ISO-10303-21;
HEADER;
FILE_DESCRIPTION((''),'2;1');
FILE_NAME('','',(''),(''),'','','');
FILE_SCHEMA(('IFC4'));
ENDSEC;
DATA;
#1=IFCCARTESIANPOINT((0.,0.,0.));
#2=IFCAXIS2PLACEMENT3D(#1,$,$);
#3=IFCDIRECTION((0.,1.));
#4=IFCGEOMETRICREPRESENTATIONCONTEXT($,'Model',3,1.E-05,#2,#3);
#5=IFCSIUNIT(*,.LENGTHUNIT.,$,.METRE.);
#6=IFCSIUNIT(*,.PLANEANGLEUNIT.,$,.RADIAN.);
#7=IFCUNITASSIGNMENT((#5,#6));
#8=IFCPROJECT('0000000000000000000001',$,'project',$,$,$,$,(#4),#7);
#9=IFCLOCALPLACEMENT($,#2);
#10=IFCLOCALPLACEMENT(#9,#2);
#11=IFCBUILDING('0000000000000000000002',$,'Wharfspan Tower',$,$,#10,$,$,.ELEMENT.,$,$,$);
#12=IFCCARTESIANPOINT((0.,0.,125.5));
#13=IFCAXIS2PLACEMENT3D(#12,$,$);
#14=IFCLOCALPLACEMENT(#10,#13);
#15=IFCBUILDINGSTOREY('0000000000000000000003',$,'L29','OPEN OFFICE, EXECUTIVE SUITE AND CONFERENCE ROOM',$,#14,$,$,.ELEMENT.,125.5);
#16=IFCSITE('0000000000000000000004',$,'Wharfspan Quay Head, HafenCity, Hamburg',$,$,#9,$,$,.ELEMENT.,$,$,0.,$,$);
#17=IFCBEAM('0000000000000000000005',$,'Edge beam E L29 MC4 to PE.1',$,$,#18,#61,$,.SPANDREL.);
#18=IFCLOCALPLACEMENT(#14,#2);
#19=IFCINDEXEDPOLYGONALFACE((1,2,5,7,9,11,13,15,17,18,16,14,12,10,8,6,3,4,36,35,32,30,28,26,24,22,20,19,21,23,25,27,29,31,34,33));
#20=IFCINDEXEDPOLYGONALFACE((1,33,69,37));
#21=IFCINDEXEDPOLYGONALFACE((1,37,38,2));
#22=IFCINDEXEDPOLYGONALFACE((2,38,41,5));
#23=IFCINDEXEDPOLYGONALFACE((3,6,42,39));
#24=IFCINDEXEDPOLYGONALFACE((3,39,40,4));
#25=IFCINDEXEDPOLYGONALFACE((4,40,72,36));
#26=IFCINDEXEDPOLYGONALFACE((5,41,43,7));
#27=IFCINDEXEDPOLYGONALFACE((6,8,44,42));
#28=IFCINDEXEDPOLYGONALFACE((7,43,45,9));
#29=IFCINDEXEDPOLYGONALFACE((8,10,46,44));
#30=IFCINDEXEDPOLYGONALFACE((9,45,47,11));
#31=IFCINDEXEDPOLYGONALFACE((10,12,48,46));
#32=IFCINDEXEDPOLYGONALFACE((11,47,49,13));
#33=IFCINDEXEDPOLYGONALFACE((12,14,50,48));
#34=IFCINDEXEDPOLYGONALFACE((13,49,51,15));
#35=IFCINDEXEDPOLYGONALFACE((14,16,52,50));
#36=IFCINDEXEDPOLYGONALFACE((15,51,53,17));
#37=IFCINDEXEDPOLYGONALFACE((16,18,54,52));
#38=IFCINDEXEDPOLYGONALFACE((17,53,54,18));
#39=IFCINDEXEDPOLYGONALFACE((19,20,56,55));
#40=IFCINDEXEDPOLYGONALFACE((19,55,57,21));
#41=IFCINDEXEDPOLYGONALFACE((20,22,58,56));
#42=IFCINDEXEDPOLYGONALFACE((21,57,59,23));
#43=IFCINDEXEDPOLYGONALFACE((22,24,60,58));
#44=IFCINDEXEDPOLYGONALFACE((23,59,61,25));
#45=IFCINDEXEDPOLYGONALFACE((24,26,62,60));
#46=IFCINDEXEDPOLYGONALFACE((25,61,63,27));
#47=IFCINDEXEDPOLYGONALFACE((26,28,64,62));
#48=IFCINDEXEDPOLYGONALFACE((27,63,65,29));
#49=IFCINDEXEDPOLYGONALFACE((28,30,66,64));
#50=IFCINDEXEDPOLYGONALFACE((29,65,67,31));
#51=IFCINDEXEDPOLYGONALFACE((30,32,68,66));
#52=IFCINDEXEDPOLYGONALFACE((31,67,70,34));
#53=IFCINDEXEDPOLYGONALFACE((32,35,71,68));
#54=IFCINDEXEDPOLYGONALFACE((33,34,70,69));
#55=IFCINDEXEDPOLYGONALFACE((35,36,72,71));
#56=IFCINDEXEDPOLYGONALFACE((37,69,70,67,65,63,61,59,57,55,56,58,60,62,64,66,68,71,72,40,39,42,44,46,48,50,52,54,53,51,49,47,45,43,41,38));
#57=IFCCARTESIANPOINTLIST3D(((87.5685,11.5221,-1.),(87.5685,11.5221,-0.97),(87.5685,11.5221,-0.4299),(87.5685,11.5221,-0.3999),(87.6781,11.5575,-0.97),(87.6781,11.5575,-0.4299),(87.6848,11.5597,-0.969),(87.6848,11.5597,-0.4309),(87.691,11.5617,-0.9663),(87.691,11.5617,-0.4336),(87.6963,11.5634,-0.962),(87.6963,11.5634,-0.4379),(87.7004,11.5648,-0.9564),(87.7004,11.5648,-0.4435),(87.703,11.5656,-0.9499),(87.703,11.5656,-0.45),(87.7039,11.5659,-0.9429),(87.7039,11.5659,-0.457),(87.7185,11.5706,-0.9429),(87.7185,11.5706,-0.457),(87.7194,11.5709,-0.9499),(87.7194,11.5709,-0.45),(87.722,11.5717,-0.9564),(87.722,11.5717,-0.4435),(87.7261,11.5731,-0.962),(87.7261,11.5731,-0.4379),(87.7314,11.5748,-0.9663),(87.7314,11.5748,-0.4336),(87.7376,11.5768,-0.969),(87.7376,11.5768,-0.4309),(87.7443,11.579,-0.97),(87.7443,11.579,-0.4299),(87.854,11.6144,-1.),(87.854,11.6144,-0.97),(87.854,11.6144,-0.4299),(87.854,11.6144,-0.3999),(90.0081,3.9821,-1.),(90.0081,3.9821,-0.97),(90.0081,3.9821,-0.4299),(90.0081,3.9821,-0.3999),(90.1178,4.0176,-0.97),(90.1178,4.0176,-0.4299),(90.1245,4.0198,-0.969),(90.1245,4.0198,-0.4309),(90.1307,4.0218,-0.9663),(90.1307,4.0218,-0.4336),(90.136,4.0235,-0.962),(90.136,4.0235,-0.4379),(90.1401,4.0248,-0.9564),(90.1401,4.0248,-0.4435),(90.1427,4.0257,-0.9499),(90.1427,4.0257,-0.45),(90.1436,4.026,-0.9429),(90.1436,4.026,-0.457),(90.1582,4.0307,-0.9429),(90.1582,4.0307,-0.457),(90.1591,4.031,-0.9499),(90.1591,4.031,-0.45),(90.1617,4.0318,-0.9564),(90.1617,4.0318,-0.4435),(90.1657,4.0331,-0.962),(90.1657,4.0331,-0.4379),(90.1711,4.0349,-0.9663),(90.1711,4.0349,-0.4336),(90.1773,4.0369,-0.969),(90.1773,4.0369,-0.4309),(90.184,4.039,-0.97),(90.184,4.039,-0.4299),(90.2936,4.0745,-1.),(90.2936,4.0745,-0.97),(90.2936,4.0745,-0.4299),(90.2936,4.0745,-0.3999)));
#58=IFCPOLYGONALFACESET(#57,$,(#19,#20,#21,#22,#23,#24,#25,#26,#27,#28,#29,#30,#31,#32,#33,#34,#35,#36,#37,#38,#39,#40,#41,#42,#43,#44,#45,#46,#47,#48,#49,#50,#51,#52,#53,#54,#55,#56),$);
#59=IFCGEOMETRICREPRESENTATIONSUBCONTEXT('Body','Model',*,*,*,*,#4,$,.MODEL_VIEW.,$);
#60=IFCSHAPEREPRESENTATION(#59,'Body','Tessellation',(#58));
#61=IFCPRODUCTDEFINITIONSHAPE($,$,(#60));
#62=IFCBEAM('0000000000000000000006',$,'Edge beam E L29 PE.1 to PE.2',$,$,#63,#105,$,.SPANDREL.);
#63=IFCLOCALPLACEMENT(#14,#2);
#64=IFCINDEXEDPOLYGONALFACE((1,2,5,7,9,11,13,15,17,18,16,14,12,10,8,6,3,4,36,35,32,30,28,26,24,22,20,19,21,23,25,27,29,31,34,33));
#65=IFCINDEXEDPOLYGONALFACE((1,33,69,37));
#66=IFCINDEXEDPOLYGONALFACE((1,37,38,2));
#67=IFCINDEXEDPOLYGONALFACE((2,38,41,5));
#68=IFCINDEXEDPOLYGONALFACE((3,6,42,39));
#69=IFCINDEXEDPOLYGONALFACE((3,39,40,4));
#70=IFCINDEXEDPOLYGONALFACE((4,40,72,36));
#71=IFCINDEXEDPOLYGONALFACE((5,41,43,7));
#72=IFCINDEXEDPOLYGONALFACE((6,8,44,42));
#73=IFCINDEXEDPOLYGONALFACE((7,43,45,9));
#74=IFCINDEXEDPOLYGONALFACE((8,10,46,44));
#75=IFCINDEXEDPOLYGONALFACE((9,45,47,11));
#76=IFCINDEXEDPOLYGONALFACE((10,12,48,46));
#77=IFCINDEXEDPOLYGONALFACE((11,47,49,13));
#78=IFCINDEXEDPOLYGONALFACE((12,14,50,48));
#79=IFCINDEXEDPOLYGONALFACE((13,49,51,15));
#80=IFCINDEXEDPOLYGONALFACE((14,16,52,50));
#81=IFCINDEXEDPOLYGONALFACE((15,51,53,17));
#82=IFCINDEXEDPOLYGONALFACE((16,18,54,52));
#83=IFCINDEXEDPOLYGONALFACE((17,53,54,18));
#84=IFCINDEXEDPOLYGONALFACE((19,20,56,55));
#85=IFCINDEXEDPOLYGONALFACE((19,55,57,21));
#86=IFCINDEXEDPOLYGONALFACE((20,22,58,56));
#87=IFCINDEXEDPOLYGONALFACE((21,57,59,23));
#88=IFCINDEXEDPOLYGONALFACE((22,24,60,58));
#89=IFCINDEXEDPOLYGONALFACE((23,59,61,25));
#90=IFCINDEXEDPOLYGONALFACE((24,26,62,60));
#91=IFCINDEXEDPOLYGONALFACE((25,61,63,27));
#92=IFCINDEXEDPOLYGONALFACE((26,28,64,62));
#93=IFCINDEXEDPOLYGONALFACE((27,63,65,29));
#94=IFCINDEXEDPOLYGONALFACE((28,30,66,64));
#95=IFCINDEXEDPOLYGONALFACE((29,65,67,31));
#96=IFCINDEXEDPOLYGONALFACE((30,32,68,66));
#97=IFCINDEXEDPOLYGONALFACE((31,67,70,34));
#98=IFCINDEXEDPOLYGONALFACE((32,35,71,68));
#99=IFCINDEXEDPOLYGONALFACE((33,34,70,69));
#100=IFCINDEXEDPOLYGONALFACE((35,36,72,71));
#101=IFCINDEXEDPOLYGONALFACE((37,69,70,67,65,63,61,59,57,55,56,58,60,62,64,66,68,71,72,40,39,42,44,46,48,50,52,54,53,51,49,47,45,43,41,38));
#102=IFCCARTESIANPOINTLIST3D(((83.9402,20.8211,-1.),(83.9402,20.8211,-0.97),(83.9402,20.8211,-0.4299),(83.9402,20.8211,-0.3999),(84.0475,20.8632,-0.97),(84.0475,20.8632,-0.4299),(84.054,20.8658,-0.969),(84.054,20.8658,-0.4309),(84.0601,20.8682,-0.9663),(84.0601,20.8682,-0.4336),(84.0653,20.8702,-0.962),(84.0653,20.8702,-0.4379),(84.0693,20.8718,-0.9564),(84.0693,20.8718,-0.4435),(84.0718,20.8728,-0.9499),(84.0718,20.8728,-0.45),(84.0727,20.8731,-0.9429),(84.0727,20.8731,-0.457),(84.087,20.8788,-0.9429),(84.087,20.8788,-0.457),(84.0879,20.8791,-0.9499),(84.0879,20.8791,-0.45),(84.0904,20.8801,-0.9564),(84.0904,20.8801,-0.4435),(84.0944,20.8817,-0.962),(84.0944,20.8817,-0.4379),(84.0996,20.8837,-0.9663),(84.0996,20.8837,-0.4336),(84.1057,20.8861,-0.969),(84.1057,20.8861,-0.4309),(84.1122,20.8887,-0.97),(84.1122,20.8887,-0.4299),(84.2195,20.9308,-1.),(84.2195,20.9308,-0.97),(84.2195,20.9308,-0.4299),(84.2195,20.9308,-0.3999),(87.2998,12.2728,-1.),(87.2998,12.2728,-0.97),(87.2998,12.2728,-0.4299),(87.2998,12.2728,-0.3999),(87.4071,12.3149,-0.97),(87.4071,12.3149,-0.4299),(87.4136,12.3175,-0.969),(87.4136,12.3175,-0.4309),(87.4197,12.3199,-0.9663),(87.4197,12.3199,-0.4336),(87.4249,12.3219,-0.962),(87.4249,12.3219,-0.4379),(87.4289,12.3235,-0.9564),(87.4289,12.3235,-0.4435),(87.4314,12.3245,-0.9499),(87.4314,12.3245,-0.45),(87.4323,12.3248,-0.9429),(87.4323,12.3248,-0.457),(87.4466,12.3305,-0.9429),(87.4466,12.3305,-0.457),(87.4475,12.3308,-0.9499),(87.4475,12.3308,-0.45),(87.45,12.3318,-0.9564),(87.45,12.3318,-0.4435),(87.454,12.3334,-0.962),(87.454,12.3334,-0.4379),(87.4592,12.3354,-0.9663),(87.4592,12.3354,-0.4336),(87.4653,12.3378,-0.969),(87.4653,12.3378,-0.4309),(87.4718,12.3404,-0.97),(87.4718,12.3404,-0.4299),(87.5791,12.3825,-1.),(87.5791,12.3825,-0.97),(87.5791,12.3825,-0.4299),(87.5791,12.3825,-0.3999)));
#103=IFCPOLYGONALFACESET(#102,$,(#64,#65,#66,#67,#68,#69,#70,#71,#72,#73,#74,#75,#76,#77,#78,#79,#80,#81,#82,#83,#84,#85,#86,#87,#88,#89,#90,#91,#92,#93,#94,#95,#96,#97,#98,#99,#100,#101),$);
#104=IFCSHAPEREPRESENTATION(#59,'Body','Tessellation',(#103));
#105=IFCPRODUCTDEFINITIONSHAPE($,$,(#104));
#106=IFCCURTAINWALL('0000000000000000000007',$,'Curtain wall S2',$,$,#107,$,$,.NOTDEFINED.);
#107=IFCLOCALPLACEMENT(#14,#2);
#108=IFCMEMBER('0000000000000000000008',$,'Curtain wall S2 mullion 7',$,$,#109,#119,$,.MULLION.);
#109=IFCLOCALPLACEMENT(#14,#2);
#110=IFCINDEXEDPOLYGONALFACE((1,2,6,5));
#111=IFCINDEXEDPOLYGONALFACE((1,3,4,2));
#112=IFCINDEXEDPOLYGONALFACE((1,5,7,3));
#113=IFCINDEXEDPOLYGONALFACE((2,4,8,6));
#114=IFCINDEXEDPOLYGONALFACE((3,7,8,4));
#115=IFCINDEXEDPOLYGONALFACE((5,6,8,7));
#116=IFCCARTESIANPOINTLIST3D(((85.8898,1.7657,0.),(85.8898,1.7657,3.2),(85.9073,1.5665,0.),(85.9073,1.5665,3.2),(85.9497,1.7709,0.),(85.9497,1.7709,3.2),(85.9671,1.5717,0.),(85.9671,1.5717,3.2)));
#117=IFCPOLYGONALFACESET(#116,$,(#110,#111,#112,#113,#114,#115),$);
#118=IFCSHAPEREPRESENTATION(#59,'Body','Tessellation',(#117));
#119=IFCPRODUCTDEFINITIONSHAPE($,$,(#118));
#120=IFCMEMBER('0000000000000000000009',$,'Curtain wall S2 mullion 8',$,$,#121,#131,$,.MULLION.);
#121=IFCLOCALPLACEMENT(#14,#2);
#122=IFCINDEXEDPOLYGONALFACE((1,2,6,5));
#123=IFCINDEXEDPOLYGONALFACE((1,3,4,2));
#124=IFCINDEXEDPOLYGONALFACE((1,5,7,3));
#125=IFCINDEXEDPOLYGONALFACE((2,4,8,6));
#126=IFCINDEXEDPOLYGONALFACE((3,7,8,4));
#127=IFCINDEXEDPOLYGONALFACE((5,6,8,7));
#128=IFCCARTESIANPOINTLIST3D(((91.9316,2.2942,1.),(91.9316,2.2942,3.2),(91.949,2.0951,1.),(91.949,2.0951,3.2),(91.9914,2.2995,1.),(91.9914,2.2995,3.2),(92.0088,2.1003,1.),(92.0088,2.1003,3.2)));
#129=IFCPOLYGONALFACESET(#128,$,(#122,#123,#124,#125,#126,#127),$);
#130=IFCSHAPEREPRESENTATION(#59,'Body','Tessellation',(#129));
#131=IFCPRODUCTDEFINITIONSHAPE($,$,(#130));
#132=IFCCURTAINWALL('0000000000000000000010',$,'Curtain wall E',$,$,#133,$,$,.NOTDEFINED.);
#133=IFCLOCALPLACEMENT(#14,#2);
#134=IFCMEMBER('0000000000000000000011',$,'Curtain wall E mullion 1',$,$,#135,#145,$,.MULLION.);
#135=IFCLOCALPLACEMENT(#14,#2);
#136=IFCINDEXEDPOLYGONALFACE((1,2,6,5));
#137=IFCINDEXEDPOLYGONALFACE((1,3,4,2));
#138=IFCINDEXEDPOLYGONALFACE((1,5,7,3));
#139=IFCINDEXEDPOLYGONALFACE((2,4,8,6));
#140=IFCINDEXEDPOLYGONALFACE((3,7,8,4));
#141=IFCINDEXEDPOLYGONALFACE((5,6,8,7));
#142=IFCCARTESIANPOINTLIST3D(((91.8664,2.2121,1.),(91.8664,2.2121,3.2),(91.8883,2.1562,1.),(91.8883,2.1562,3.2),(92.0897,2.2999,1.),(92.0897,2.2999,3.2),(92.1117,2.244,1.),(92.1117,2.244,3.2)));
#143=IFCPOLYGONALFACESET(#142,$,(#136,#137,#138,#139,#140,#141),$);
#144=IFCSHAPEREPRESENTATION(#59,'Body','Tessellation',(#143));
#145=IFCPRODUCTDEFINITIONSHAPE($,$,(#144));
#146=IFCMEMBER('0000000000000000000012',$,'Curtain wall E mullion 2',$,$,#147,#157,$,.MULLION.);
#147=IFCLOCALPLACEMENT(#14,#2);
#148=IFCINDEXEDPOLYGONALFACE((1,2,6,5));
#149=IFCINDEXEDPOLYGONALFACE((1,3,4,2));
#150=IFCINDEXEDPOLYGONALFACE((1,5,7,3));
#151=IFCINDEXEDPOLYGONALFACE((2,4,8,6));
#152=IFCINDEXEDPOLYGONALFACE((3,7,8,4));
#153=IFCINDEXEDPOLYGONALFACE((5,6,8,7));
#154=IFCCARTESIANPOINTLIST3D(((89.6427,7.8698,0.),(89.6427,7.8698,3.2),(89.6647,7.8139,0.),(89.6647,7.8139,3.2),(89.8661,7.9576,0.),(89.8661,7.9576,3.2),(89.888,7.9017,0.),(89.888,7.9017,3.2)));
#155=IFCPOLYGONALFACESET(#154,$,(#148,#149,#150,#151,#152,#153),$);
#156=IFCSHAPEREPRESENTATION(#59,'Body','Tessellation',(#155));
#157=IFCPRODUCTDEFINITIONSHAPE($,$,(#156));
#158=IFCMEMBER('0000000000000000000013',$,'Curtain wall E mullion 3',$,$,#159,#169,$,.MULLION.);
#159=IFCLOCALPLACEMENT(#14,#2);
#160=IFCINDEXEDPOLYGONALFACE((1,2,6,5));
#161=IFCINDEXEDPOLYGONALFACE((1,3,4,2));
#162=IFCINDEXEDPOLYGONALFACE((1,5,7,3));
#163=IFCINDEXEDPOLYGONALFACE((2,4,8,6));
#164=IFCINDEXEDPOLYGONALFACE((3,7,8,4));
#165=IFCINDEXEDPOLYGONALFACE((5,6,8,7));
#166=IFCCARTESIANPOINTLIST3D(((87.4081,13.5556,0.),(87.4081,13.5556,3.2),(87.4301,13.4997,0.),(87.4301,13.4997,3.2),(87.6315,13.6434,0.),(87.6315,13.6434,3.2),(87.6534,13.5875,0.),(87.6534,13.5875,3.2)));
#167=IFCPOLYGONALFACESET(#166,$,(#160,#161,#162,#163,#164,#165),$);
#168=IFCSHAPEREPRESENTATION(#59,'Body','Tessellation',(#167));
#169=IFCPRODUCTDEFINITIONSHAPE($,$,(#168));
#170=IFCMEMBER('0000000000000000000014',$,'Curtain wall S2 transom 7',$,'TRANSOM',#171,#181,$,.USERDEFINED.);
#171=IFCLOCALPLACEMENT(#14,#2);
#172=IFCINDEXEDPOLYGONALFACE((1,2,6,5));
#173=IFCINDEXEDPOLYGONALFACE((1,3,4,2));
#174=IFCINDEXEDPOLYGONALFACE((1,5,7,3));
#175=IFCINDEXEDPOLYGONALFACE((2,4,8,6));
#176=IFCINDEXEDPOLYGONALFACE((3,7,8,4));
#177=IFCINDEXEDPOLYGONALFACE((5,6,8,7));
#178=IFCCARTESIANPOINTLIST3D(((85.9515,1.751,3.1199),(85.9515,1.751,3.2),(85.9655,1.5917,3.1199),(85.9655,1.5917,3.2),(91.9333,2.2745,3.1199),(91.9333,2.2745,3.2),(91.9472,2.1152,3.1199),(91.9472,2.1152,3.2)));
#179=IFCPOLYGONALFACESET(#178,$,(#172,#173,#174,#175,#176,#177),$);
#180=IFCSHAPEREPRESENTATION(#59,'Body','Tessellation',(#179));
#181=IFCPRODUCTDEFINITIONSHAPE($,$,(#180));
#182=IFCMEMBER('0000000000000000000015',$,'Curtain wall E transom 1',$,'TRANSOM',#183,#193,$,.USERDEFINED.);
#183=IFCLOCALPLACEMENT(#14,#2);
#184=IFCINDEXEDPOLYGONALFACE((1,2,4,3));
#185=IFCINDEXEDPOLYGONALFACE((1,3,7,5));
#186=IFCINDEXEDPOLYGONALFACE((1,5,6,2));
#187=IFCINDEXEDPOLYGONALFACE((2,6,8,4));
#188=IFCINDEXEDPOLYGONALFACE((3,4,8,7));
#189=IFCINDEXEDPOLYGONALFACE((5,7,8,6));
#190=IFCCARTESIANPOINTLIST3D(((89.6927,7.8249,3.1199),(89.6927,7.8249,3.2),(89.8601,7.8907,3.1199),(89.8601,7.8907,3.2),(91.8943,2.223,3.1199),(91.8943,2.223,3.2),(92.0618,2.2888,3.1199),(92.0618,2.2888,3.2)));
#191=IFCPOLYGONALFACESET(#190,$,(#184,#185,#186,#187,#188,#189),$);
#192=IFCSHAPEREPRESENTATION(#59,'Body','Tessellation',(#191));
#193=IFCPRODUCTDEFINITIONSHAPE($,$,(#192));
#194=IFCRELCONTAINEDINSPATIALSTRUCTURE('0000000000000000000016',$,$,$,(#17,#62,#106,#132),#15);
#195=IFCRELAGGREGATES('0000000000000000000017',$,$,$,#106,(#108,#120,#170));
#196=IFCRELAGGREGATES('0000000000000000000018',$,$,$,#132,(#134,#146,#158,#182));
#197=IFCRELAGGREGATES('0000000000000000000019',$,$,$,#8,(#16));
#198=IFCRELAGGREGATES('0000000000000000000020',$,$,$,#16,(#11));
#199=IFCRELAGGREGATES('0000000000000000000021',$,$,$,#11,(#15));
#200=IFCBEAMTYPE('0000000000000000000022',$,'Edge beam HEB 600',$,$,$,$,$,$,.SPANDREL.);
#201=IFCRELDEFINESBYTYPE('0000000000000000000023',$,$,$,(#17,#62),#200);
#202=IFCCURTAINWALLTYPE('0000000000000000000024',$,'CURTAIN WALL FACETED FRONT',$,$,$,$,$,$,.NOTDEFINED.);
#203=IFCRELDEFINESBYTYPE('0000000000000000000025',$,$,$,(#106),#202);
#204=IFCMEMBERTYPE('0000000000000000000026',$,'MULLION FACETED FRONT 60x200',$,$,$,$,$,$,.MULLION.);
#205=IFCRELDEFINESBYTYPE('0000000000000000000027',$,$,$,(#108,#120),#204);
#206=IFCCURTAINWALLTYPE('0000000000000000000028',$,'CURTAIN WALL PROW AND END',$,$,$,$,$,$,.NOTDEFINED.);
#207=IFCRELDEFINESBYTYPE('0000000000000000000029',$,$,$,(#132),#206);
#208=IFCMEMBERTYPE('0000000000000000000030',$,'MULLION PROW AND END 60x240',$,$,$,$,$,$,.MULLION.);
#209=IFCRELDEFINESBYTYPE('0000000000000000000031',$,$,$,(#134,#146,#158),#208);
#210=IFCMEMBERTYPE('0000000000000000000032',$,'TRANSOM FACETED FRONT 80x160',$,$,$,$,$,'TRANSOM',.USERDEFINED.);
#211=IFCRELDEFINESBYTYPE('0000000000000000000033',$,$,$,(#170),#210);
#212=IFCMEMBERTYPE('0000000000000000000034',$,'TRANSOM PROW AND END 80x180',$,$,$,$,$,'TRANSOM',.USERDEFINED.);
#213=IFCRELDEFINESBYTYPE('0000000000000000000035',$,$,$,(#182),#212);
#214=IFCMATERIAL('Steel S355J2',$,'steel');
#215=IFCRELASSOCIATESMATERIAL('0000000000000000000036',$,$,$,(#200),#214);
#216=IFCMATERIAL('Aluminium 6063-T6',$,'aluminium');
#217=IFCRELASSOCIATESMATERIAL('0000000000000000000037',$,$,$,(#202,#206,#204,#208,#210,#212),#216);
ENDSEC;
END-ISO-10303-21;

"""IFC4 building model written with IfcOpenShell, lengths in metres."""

from ifc_helpers import new_model, si_unit, direction, frame, origin, origin_2d, place, context, subcontext, project, spatial, rectangle, i_section, extrude, material, material_profile, profile_set, type_object, element, aggregate, save


model = new_model("IFC4")

# Units and contexts
model_context = context("Model", 3, precision=1e-05, world=origin(), true_north=direction((0.0, 1.0)))
body_context = subcontext(model_context, "Body", "Model", "MODEL_VIEW")
ifc_project = project(units=[si_unit("LENGTHUNIT", "METRE"), si_unit("PLANEANGLEUNIT", "RADIAN")], contexts=[model_context])

# Site, building, storey
site_placement = place(None, origin())
site = spatial("IfcSite", under=ifc_project, at=site_placement, Name="Wharfspan Quay Head, HafenCity, Hamburg", CompositionType="ELEMENT", RefElevation=0.0)
building_placement = place(site_placement, origin())
building = spatial("IfcBuilding", under=site, at=building_placement, Name="Wharfspan Tower", CompositionType="ELEMENT")
storey_placement = place(building_placement, frame((0.0, 0.0, 125.5)))
storey = spatial("IfcBuildingStorey", under=building, at=storey_placement, Name="L29", Description="OPEN OFFICE, EXECUTIVE SUITE AND CONFERENCE ROOM", CompositionType="ELEMENT", Elevation=125.5)

# Shared definitions
ifc_material_1 = material(Name="Steel S355J2", Category="steel")

# Beams
ifc_material_profile_1 = material_profile(ifc_material_1, i_section(OverallWidth=0.3, OverallDepth=0.6001, WebThickness=0.0154, FlangeThickness=0.03, FilletRadius=0.0271, at=origin_2d()))
ifc_profile_set_1 = profile_set([ifc_material_profile_1], Name="Steel S355J2")
beam_type = type_object("IfcBeamType", Name="Edge beam HEB 600", PredefinedType="SPANDREL", material=ifc_profile_set_1)
beam_1_placement = place(storey_placement, frame((90.1509, 4.0283, -0.7), z_axis=(-0.307851, 0.951434, 0.0), x_axis=(-0.951434, -0.307851, 0.0)))
element("IfcBeam", 1, at=beam_1_placement, inside=storey, type_object=beam_type, Name="Edge beam E L29 MC4 to PE.1", PredefinedType="SPANDREL", context=body_context, shape_type="SweptSolid", body=[
    extrude(i_section(OverallWidth=0.3, OverallDepth=0.6001, WebThickness=0.0154, FlangeThickness=0.03, FilletRadius=0.0271, at=origin_2d()), origin(), (0.0, 0.0, 1.0), 7.9248),
])
beam_2_placement = place(storey_placement, frame((87.4395, 12.3276, -0.7), z_axis=(-0.365779, 0.930702, 0.0), x_axis=(-0.930702, -0.365779, 0.0)))
element("IfcBeam", 2, at=beam_2_placement, inside=storey, type_object=beam_type, Name="Edge beam E L29 PE.1 to PE.2", PredefinedType="SPANDREL", context=body_context, shape_type="SweptSolid", body=[
    extrude(i_section(OverallWidth=0.3, OverallDepth=0.6001, WebThickness=0.0154, FlangeThickness=0.03, FilletRadius=0.0271, at=origin_2d()), origin(), (0.0, 0.0, 1.0), 9.1848),
])

# Curtain walls, members
ifc_material_2 = material(Name="Aluminium 6063-T6", Category="aluminium")
curtain_wall_type_1 = type_object("IfcCurtainWallType", Name="CURTAIN WALL FACETED FRONT", PredefinedType="NOTDEFINED", material=ifc_material_2)
curtain_wall_1_placement = place(storey_placement, origin())
curtain_wall_1 = element("IfcCurtainWall", 3, at=curtain_wall_1_placement, inside=storey, type_object=curtain_wall_type_1, Name="Curtain wall S2", PredefinedType="NOTDEFINED")
ifc_material_profile_2 = material_profile(ifc_material_2, rectangle(XDim=0.2, YDim=0.0601, at=origin_2d()))
ifc_profile_set_2 = profile_set([ifc_material_profile_2], Name="Aluminium 6063-T6")
member_type_1 = type_object("IfcMemberType", Name="MULLION FACETED FRONT 60x200", PredefinedType="MULLION", material=ifc_profile_set_2)
member_1_placement = place(storey_placement, frame((85.9285, 1.6687, 0.0), z_axis=(0.0, 0.0, 1.0), x_axis=(-0.087156, 0.996198, 0.0)))
member_1 = element("IfcMember", 4, at=member_1_placement, type_object=member_type_1, Name="Curtain wall S2 mullion 7", PredefinedType="MULLION", context=body_context, shape_type="SweptSolid", body=[
    extrude(rectangle(XDim=0.2, YDim=0.0601, at=origin_2d()), origin(), (0.0, 0.0, 1.0), 3.2),
])
member_2_placement = place(storey_placement, frame((91.9702, 2.1973, 1.0), z_axis=(0.0, 0.0, 1.0), x_axis=(-0.087156, 0.996198, 0.0)))
member_2 = element("IfcMember", 5, at=member_2_placement, type_object=member_type_1, Name="Curtain wall S2 mullion 8", PredefinedType="MULLION", context=body_context, shape_type="SweptSolid", body=[
    extrude(rectangle(XDim=0.2, YDim=0.0601, at=origin_2d()), origin(), (0.0, 0.0, 1.0), 2.2),
])
curtain_wall_type_2 = type_object("IfcCurtainWallType", Name="CURTAIN WALL PROW AND END", PredefinedType="NOTDEFINED", material=ifc_material_2)
curtain_wall_2_placement = place(storey_placement, origin())
curtain_wall_2 = element("IfcCurtainWall", 6, at=curtain_wall_2_placement, inside=storey, type_object=curtain_wall_type_2, Name="Curtain wall E", PredefinedType="NOTDEFINED")
ifc_material_profile_3 = material_profile(ifc_material_2, rectangle(XDim=0.24, YDim=0.0601, at=origin_2d()))
ifc_profile_set_3 = profile_set([ifc_material_profile_3], Name="Aluminium 6063-T6")
member_type_2 = type_object("IfcMemberType", Name="MULLION PROW AND END 60x240", PredefinedType="MULLION", material=ifc_profile_set_3)
member_3_placement = place(storey_placement, frame((91.989, 2.228, 1.0), z_axis=(0.0, 0.0, 1.0), x_axis=(-0.930702, -0.365778, 0.0)))
member_3 = element("IfcMember", 7, at=member_3_placement, type_object=member_type_2, Name="Curtain wall E mullion 1", PredefinedType="MULLION", context=body_context, shape_type="SweptSolid", body=[
    extrude(rectangle(XDim=0.24, YDim=0.0601, at=origin_2d()), origin(), (0.0, 0.0, 1.0), 2.2),
])
member_4_placement = place(storey_placement, frame((89.7654, 7.8857, 0.0), z_axis=(0.0, 0.0, 1.0), x_axis=(-0.930702, -0.365778, 0.0)))
member_4 = element("IfcMember", 8, at=member_4_placement, type_object=member_type_2, Name="Curtain wall E mullion 2", PredefinedType="MULLION", context=body_context, shape_type="SweptSolid", body=[
    extrude(rectangle(XDim=0.24, YDim=0.0601, at=origin_2d()), origin(), (0.0, 0.0, 1.0), 3.2),
])
member_5_placement = place(storey_placement, frame((87.5308, 13.5715, 0.0), z_axis=(0.0, 0.0, 1.0), x_axis=(-0.930702, -0.365778, 0.0)))
member_5 = element("IfcMember", 9, at=member_5_placement, type_object=member_type_2, Name="Curtain wall E mullion 3", PredefinedType="MULLION", context=body_context, shape_type="SweptSolid", body=[
    extrude(rectangle(XDim=0.24, YDim=0.0601, at=origin_2d()), origin(), (0.0, 0.0, 1.0), 3.2),
])

# Members
ifc_material_profile_4 = material_profile(ifc_material_2, rectangle(XDim=0.1599, YDim=0.0801, at=origin_2d()))
ifc_profile_set_4 = profile_set([ifc_material_profile_4], Name="Aluminium 6063-T6")
member_type_3 = type_object("IfcMemberType", Name="TRANSOM FACETED FRONT 80x160", ElementType="TRANSOM", PredefinedType="USERDEFINED", material=ifc_profile_set_4)
member_6_placement = place(storey_placement, frame((85.9585, 1.6714, 3.1599), z_axis=(0.996193, 0.087174, 0.0), x_axis=(-0.087174, 0.996193, 0.0)))
member_6 = element("IfcMember", 10, at=member_6_placement, type_object=member_type_3, Name="Curtain wall S2 transom 7", ObjectType="TRANSOM", PredefinedType="USERDEFINED", context=body_context, shape_type="SweptSolid", body=[
    extrude(rectangle(XDim=0.1599, YDim=0.0801, at=origin_2d()), origin(), (0.0, 0.0, 1.0), 6.0046),
])
ifc_material_profile_5 = material_profile(ifc_material_2, rectangle(XDim=0.1799, YDim=0.0801, at=origin_2d()))
ifc_profile_set_5 = profile_set([ifc_material_profile_5], Name="Aluminium 6063-T6")
member_type_4 = type_object("IfcMemberType", Name="TRANSOM PROW AND END 80x180", ElementType="TRANSOM", PredefinedType="USERDEFINED", material=ifc_profile_set_5)
member_7_placement = place(storey_placement, frame((91.978, 2.2559, 3.1599), z_axis=(-0.365775, 0.930703, 0.0), x_axis=(-0.930703, -0.365775, 0.0)))
member_7 = element("IfcMember", 11, at=member_7_placement, type_object=member_type_4, Name="Curtain wall E transom 1", ObjectType="TRANSOM", PredefinedType="USERDEFINED", context=body_context, shape_type="SweptSolid", body=[
    extrude(rectangle(XDim=0.1799, YDim=0.0801, at=origin_2d()), origin(), (0.0, 0.0, 1.0), 6.019),
])

aggregate(curtain_wall_1, [member_1, member_2, member_6])
aggregate(curtain_wall_2, [member_3, member_4, member_5, member_7])

save(model, "model.ifc")
